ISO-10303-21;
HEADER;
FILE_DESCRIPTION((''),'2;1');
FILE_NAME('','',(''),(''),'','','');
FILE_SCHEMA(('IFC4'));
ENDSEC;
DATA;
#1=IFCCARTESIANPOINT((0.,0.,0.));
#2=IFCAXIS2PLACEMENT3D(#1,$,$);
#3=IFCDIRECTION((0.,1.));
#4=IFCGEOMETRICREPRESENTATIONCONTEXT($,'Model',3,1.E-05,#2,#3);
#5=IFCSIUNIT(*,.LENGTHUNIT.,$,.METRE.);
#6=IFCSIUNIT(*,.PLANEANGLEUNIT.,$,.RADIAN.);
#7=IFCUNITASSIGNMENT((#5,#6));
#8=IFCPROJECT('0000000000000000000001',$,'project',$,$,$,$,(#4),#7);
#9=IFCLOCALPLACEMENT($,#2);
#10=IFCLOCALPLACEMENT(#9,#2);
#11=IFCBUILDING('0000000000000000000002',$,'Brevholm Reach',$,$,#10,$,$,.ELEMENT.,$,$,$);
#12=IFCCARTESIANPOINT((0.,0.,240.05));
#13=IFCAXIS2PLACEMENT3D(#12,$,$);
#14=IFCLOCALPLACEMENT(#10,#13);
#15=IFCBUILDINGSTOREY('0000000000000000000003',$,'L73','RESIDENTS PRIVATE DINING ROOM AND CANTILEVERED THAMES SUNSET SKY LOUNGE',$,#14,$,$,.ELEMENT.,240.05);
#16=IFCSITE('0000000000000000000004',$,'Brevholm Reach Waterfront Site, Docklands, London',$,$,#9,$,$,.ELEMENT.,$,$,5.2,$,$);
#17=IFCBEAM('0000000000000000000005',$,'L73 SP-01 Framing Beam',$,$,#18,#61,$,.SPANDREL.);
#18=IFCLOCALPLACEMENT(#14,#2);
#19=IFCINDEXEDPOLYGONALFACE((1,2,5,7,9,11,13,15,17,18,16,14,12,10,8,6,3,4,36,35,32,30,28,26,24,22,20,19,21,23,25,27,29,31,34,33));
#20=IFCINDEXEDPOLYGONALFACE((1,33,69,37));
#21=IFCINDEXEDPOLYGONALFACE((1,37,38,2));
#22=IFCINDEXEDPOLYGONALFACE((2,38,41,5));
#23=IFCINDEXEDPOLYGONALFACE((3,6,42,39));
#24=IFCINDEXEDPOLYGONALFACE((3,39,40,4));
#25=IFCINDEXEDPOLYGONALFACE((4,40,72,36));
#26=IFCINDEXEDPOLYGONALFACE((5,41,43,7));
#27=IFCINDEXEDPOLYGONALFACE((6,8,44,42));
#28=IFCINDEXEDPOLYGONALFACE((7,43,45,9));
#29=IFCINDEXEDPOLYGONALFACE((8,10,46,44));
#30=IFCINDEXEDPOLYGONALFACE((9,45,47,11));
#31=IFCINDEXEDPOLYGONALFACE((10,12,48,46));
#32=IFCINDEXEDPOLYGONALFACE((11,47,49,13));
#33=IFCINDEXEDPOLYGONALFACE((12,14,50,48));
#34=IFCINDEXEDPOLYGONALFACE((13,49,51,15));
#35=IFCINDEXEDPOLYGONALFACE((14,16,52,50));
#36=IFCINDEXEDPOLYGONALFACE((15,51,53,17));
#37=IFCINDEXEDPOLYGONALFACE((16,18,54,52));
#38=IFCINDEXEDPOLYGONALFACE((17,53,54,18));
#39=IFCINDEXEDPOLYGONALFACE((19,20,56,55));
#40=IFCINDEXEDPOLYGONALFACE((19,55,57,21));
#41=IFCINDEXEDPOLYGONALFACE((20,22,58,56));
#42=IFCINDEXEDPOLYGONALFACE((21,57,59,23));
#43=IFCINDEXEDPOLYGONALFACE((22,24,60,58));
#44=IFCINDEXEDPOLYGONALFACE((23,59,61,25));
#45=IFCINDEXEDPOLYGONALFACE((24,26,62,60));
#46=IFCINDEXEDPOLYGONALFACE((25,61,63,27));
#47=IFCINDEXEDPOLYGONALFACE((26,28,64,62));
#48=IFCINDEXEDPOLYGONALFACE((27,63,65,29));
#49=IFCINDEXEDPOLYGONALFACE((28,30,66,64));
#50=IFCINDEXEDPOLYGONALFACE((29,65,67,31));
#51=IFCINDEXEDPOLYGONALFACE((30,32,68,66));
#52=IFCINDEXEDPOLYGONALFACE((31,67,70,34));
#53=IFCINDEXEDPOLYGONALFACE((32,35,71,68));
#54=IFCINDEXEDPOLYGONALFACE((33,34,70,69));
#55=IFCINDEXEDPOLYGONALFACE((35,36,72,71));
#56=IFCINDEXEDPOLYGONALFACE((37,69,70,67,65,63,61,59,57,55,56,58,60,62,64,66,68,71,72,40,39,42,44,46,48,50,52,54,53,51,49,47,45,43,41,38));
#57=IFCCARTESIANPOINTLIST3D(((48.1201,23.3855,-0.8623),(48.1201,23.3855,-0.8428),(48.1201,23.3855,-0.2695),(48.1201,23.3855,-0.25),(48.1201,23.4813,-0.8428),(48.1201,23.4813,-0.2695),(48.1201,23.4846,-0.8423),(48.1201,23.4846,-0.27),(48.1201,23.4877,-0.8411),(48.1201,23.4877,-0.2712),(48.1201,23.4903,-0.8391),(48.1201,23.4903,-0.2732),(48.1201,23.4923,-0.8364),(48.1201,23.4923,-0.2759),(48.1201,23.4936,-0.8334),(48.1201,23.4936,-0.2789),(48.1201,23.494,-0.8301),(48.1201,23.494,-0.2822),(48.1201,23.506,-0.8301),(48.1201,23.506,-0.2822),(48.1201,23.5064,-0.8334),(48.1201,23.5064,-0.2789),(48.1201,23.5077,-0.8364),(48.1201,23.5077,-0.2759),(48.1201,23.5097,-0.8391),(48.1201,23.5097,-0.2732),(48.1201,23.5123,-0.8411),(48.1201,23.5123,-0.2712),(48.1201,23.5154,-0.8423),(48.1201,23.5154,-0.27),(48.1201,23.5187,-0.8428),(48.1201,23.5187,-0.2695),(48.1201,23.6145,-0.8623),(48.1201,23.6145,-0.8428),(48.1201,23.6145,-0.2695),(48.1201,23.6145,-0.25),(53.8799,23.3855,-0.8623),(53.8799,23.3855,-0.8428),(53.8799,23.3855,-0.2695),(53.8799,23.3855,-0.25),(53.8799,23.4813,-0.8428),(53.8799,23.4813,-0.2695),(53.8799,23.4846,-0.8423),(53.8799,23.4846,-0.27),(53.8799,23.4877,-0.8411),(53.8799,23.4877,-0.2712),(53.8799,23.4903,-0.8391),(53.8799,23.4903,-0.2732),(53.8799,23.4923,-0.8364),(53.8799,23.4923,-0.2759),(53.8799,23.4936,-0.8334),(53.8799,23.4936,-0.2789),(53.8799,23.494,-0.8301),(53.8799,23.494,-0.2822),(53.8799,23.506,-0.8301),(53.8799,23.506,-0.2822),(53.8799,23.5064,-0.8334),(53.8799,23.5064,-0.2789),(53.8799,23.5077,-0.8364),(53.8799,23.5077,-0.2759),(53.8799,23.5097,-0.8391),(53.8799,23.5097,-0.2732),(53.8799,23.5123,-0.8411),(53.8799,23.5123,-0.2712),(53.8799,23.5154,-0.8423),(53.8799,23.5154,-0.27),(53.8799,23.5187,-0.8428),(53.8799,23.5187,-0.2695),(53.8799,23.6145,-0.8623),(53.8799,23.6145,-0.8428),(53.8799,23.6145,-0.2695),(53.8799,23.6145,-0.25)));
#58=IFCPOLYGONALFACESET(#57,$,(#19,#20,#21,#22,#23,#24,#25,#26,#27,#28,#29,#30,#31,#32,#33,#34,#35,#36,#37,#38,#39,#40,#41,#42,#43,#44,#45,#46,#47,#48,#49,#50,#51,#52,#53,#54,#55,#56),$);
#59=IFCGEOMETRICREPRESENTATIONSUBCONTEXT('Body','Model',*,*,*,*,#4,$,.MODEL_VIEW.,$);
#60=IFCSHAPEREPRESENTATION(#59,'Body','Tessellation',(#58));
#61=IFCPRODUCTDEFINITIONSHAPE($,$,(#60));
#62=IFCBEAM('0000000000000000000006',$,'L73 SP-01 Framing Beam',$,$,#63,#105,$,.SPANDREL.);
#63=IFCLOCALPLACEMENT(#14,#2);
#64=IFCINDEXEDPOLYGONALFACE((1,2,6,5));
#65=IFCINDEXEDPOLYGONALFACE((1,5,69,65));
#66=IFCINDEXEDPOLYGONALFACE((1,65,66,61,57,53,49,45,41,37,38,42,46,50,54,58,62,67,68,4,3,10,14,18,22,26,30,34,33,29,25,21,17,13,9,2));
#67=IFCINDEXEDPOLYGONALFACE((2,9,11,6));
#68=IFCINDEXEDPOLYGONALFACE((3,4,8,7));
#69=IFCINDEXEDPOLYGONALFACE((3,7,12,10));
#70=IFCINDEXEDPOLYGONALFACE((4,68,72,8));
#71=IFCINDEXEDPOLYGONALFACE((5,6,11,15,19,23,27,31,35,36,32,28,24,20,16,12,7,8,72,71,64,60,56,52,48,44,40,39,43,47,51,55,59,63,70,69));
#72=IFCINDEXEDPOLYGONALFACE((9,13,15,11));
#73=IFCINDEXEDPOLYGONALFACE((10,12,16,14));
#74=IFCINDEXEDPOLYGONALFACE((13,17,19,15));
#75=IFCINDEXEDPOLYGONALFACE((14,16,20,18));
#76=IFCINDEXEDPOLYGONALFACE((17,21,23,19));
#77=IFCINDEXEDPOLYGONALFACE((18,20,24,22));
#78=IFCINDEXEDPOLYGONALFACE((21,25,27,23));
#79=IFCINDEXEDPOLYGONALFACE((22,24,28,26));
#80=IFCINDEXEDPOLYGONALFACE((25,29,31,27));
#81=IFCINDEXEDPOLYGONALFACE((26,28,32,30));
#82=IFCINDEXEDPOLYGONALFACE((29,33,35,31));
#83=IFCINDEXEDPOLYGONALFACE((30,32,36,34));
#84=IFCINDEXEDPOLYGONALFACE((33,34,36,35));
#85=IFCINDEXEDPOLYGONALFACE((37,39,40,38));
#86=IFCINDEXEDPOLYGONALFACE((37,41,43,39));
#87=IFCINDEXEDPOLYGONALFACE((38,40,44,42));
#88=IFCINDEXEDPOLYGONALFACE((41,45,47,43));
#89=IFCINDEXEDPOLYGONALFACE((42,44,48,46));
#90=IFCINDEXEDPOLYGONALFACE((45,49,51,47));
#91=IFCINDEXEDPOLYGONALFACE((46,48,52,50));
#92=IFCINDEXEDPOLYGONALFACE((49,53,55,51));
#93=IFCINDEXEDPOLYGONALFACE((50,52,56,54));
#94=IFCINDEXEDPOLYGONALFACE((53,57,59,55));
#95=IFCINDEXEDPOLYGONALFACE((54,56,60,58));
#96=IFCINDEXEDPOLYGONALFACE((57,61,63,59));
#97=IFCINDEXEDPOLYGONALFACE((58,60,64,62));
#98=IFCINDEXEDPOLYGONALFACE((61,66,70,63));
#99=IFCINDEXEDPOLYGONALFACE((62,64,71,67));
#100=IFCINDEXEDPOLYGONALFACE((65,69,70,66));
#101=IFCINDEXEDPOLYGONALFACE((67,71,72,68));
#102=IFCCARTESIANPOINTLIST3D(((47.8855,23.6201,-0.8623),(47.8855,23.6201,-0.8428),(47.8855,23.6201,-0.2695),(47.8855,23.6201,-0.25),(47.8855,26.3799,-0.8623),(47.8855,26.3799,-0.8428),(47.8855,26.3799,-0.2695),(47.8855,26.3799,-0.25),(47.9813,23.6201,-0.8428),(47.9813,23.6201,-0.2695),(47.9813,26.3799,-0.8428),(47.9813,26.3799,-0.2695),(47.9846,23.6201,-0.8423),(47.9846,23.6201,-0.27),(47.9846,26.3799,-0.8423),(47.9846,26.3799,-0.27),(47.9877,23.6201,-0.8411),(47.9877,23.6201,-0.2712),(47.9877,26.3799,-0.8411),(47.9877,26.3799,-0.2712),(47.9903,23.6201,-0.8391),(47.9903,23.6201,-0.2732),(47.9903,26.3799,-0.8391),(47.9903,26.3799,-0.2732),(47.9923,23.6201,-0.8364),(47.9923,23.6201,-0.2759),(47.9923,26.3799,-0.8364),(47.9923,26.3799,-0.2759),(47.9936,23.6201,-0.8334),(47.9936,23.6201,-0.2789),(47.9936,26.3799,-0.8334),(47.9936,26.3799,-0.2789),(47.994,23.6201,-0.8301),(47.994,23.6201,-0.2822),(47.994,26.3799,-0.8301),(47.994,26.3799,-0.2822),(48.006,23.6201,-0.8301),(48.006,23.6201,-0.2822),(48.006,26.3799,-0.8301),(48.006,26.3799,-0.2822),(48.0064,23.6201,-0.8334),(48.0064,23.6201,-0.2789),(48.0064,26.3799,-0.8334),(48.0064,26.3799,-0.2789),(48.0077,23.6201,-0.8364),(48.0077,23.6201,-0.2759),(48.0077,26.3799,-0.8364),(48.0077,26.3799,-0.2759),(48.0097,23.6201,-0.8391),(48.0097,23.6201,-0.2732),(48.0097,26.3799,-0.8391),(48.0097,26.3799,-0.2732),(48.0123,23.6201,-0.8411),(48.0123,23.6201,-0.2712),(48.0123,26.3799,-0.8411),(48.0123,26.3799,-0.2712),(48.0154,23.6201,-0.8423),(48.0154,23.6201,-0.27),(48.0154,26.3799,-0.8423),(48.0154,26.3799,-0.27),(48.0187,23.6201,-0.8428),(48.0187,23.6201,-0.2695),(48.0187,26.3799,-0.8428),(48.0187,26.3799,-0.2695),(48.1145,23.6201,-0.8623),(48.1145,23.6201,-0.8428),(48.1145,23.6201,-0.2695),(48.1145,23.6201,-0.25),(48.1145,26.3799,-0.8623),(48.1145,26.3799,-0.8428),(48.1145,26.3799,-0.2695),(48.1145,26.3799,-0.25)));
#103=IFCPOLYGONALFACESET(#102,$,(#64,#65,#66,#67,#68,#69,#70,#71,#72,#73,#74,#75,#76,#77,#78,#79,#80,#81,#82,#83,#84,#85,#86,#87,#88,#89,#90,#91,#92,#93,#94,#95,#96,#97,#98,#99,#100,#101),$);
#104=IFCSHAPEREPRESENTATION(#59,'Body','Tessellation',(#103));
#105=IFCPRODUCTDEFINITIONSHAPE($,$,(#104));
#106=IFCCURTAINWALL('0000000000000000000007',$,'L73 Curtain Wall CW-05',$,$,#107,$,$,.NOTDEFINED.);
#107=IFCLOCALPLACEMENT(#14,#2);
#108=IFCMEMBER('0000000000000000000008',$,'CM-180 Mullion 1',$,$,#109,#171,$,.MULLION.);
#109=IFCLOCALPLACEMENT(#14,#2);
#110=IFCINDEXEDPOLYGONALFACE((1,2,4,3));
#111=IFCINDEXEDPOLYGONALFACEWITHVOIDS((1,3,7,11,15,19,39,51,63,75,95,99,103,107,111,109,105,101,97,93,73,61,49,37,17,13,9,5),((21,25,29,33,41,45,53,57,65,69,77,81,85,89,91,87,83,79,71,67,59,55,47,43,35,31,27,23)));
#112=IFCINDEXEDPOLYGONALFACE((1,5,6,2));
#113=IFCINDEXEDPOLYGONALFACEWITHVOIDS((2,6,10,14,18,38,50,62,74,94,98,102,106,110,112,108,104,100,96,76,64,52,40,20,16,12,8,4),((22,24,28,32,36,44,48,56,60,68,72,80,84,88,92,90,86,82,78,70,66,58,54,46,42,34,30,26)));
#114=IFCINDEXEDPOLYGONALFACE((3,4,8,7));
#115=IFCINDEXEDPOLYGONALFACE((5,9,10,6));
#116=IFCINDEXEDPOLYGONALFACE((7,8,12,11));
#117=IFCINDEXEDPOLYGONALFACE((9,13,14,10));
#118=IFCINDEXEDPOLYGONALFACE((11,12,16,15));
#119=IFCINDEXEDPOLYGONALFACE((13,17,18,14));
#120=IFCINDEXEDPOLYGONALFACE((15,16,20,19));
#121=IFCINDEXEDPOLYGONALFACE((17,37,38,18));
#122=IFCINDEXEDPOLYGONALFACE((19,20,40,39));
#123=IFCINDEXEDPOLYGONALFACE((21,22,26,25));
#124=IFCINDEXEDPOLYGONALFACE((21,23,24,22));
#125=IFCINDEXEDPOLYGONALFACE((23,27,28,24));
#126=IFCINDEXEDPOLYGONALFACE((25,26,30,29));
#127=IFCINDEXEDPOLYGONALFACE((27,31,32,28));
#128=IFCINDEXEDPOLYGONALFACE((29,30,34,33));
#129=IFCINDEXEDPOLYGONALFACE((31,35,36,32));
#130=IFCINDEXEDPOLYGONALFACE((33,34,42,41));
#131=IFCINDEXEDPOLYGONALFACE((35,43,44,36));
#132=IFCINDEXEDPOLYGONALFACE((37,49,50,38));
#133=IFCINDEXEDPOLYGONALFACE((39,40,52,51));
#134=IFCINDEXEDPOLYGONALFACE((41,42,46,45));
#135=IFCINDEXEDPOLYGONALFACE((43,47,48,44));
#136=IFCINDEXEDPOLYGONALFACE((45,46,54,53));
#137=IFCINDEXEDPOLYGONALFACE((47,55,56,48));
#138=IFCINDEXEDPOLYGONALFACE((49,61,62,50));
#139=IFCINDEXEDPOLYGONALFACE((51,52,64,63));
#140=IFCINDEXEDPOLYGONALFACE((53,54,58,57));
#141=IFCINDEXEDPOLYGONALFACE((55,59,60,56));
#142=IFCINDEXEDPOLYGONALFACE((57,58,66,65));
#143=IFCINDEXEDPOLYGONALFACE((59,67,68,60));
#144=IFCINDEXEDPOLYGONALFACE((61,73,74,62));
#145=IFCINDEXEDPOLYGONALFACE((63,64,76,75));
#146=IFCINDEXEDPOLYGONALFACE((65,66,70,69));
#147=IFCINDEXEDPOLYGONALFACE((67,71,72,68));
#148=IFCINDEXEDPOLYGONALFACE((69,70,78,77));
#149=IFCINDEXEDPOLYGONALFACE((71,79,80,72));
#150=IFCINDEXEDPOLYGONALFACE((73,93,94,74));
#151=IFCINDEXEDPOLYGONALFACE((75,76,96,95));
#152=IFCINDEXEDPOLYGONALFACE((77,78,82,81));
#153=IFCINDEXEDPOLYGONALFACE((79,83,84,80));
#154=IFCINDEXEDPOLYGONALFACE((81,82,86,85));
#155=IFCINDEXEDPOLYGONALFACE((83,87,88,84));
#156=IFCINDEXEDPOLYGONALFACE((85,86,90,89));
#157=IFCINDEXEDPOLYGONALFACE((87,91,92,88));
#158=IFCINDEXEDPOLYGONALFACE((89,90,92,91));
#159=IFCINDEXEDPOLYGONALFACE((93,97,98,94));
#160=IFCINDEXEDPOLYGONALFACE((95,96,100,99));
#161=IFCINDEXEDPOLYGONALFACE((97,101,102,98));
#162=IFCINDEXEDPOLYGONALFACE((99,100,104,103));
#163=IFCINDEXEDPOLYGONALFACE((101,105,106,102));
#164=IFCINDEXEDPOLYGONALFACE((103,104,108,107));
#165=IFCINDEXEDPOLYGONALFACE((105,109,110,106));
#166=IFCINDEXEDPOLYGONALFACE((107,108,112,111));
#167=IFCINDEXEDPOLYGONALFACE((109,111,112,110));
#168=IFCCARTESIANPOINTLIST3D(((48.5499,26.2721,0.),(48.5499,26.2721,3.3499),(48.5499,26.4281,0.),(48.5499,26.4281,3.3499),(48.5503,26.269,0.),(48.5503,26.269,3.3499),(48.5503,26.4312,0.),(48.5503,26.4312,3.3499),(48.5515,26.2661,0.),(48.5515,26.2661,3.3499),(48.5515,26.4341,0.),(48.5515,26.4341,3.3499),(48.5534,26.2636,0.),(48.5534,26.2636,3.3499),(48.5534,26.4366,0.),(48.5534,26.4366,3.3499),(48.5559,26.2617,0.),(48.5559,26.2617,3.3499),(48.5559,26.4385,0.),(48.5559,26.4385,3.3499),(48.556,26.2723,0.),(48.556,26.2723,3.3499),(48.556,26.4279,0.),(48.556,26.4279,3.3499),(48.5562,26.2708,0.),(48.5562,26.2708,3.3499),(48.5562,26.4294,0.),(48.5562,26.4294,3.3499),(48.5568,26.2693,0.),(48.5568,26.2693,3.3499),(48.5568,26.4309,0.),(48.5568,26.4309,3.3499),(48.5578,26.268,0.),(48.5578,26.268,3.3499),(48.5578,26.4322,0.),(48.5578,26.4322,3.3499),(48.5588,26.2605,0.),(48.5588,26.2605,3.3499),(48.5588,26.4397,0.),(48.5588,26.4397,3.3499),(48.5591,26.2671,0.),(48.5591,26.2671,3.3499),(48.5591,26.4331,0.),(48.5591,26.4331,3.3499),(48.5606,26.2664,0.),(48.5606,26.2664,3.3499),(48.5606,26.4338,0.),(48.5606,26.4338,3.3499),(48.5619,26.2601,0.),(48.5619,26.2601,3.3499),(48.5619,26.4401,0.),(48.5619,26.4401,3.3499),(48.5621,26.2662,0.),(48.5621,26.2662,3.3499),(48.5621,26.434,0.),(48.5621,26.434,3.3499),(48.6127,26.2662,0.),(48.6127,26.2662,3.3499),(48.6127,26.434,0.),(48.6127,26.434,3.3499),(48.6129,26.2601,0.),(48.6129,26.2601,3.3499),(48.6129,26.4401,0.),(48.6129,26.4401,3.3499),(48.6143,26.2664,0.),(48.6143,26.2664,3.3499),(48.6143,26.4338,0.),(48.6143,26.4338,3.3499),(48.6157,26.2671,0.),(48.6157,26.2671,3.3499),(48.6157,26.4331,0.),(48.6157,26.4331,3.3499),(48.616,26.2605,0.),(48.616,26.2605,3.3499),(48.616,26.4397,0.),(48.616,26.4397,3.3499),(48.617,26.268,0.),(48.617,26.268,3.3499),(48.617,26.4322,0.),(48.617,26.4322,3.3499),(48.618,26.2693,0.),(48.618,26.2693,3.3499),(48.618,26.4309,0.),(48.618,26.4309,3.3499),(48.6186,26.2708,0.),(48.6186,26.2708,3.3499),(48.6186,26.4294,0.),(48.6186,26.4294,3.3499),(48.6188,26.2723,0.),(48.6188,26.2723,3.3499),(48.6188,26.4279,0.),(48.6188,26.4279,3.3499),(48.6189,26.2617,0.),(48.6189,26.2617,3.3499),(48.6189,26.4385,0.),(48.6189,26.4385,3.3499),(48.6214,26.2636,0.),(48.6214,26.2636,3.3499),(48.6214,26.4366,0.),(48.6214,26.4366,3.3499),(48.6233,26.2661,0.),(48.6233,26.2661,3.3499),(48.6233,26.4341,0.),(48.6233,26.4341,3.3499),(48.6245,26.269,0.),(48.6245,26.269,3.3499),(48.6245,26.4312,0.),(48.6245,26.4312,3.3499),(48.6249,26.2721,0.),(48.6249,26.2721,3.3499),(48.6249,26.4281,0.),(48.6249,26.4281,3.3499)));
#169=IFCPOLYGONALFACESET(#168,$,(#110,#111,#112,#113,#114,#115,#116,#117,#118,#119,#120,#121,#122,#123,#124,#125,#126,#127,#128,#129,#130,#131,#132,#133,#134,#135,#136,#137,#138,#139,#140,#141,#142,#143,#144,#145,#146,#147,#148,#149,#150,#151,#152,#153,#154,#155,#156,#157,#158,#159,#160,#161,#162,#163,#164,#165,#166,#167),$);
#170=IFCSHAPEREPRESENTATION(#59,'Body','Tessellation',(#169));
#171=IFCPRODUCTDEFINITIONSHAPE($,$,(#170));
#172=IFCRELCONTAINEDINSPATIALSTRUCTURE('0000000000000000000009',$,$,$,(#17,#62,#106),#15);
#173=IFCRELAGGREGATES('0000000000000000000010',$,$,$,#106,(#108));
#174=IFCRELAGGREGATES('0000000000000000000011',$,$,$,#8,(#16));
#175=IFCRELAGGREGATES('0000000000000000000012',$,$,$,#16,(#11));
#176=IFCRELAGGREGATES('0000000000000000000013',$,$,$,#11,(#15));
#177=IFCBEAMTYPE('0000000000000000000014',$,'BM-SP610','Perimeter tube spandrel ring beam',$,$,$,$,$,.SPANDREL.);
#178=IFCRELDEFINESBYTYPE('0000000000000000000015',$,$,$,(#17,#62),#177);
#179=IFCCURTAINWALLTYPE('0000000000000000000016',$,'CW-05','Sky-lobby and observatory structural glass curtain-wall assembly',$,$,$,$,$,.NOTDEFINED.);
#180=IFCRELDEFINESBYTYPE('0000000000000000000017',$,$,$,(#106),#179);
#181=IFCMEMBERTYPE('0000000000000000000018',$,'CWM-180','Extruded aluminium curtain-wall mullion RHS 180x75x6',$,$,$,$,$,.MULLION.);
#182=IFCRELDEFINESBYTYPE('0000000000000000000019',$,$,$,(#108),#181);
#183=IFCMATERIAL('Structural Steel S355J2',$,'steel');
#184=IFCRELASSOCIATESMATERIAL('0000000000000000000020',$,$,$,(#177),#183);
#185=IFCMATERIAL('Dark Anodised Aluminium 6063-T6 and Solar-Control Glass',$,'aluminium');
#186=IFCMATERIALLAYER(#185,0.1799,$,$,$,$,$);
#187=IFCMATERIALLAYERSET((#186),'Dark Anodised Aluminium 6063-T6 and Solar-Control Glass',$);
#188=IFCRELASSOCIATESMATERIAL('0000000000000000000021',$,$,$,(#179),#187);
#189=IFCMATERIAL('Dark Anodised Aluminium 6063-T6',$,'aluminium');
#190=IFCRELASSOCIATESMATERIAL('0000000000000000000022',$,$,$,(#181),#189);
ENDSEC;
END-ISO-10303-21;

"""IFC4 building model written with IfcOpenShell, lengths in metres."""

from ifc_helpers import new_model, si_unit, direction, frame, origin, origin_2d, place, context, subcontext, project, spatial, hollow_rectangle, i_section, extrude, material, layer, layer_set, material_profile, profile_set, type_object, element, aggregate, save


model = new_model("IFC4")

# Units and contexts
model_context = context("Model", 3, precision=1e-05, world=origin(), true_north=direction((0.0, 1.0)))
body_context = subcontext(model_context, "Body", "Model", "MODEL_VIEW")
ifc_project = project(units=[si_unit("LENGTHUNIT", "METRE"), si_unit("PLANEANGLEUNIT", "RADIAN")], contexts=[model_context])

# Site, building, storey
site_placement = place(None, origin())
site = spatial("IfcSite", under=ifc_project, at=site_placement, Name="Brevholm Reach Waterfront Site, Docklands, London", CompositionType="ELEMENT", RefElevation=5.2)
building_placement = place(site_placement, origin())
building = spatial("IfcBuilding", under=site, at=building_placement, Name="Brevholm Reach", CompositionType="ELEMENT")
storey_placement = place(building_placement, frame((0.0, 0.0, 240.05)))
storey = spatial("IfcBuildingStorey", under=building, at=storey_placement, Name="L73", Description="RESIDENTS PRIVATE DINING ROOM AND CANTILEVERED THAMES SUNSET SKY LOUNGE", CompositionType="ELEMENT", Elevation=240.05)

# Beams
ifc_material_1 = material(Name="Structural Steel S355J2", Category="steel")
ifc_material_profile_1 = material_profile(ifc_material_1, i_section(OverallWidth=0.229, OverallDepth=0.6123, WebThickness=0.012, FlangeThickness=0.0195, FilletRadius=0.0127, at=origin_2d()), Name="UKB 610x229x125")
ifc_profile_set_1 = profile_set([ifc_material_profile_1], Name="Structural Steel S355J2")
beam_type_1 = type_object("IfcBeamType", Name="BM-SP610", Description="Perimeter tube spandrel ring beam", PredefinedType="SPANDREL", material=ifc_profile_set_1)
beam_1_placement = place(storey_placement, frame((48.1201, 23.5, -0.5562), z_axis=(1.0, 0.0, 0.0), x_axis=(0.0, 1.0, 0.0)))
element("IfcBeam", 1, at=beam_1_placement, inside=storey, type_object=beam_type_1, Name="L73 SP-01 Framing Beam", PredefinedType="SPANDREL", context=body_context, shape_type="SweptSolid", body=[
    extrude(i_section(OverallWidth=0.229, OverallDepth=0.6123, WebThickness=0.012, FlangeThickness=0.0195, FilletRadius=0.0127, at=origin_2d()), origin(), (0.0, 0.0, 1.0), 5.7598),
])
beam_2_placement = place(storey_placement, frame((48.0, 23.6201, -0.5562), z_axis=(0.0, 1.0, 0.0), x_axis=(-1.0, 0.0, 0.0)))
element("IfcBeam", 2, at=beam_2_placement, inside=storey, type_object=beam_type_1, Name="L73 SP-01 Framing Beam", PredefinedType="SPANDREL", context=body_context, shape_type="SweptSolid", body=[
    extrude(i_section(OverallWidth=0.229, OverallDepth=0.6123, WebThickness=0.012, FlangeThickness=0.0195, FilletRadius=0.0127, at=origin_2d()), origin(), (0.0, 0.0, 1.0), 2.7598),
])

# Curtain wall, member
ifc_material_2 = material(Name="Dark Anodised Aluminium 6063-T6 and Solar-Control Glass", Category="aluminium")
ifc_layer_1 = layer(ifc_material_2, 0.1799)
ifc_layer_set_1 = layer_set([ifc_layer_1], Name="Dark Anodised Aluminium 6063-T6 and Solar-Control Glass")
curtain_wall_type = type_object("IfcCurtainWallType", Name="CW-05", Description="Sky-lobby and observatory structural glass curtain-wall assembly", PredefinedType="NOTDEFINED", material=ifc_layer_set_1)
curtain_wall_placement = place(storey_placement, origin())
curtain_wall = element("IfcCurtainWall", 3, at=curtain_wall_placement, inside=storey, type_object=curtain_wall_type, Name="L73 Curtain Wall CW-05", PredefinedType="NOTDEFINED")
ifc_material_3 = material(Name="Dark Anodised Aluminium 6063-T6", Category="aluminium")
ifc_material_profile_2 = material_profile(ifc_material_3, hollow_rectangle(XDim=0.075, YDim=0.1799, WallThickness=0.0061, InnerFilletRadius=0.0061, OuterFilletRadius=0.012, at=origin_2d()), Name="RHS 180x75x6")
ifc_profile_set_2 = profile_set([ifc_material_profile_2], Name="Dark Anodised Aluminium 6063-T6")
member_type_1 = type_object("IfcMemberType", Name="CWM-180", Description="Extruded aluminium curtain-wall mullion RHS 180x75x6", PredefinedType="MULLION", material=ifc_profile_set_2)
member_1_placement = place(storey_placement, frame((48.5874, 26.3501, 0.0), z_axis=(0.0, 0.0, 1.0), x_axis=(1.0, 0.0, 0.0)))
member_1 = element("IfcMember", 4, at=member_1_placement, type_object=member_type_1, Name="CM-180 Mullion 1", PredefinedType="MULLION", context=body_context, shape_type="SweptSolid", body=[
    extrude(hollow_rectangle(XDim=0.075, YDim=0.1799, WallThickness=0.0061, InnerFilletRadius=0.0061, OuterFilletRadius=0.012, at=origin_2d()), origin(), (0.0, 0.0, 1.0), 3.3499),
])
aggregate(curtain_wall, [member_1])

save(model, "model.ifc")
